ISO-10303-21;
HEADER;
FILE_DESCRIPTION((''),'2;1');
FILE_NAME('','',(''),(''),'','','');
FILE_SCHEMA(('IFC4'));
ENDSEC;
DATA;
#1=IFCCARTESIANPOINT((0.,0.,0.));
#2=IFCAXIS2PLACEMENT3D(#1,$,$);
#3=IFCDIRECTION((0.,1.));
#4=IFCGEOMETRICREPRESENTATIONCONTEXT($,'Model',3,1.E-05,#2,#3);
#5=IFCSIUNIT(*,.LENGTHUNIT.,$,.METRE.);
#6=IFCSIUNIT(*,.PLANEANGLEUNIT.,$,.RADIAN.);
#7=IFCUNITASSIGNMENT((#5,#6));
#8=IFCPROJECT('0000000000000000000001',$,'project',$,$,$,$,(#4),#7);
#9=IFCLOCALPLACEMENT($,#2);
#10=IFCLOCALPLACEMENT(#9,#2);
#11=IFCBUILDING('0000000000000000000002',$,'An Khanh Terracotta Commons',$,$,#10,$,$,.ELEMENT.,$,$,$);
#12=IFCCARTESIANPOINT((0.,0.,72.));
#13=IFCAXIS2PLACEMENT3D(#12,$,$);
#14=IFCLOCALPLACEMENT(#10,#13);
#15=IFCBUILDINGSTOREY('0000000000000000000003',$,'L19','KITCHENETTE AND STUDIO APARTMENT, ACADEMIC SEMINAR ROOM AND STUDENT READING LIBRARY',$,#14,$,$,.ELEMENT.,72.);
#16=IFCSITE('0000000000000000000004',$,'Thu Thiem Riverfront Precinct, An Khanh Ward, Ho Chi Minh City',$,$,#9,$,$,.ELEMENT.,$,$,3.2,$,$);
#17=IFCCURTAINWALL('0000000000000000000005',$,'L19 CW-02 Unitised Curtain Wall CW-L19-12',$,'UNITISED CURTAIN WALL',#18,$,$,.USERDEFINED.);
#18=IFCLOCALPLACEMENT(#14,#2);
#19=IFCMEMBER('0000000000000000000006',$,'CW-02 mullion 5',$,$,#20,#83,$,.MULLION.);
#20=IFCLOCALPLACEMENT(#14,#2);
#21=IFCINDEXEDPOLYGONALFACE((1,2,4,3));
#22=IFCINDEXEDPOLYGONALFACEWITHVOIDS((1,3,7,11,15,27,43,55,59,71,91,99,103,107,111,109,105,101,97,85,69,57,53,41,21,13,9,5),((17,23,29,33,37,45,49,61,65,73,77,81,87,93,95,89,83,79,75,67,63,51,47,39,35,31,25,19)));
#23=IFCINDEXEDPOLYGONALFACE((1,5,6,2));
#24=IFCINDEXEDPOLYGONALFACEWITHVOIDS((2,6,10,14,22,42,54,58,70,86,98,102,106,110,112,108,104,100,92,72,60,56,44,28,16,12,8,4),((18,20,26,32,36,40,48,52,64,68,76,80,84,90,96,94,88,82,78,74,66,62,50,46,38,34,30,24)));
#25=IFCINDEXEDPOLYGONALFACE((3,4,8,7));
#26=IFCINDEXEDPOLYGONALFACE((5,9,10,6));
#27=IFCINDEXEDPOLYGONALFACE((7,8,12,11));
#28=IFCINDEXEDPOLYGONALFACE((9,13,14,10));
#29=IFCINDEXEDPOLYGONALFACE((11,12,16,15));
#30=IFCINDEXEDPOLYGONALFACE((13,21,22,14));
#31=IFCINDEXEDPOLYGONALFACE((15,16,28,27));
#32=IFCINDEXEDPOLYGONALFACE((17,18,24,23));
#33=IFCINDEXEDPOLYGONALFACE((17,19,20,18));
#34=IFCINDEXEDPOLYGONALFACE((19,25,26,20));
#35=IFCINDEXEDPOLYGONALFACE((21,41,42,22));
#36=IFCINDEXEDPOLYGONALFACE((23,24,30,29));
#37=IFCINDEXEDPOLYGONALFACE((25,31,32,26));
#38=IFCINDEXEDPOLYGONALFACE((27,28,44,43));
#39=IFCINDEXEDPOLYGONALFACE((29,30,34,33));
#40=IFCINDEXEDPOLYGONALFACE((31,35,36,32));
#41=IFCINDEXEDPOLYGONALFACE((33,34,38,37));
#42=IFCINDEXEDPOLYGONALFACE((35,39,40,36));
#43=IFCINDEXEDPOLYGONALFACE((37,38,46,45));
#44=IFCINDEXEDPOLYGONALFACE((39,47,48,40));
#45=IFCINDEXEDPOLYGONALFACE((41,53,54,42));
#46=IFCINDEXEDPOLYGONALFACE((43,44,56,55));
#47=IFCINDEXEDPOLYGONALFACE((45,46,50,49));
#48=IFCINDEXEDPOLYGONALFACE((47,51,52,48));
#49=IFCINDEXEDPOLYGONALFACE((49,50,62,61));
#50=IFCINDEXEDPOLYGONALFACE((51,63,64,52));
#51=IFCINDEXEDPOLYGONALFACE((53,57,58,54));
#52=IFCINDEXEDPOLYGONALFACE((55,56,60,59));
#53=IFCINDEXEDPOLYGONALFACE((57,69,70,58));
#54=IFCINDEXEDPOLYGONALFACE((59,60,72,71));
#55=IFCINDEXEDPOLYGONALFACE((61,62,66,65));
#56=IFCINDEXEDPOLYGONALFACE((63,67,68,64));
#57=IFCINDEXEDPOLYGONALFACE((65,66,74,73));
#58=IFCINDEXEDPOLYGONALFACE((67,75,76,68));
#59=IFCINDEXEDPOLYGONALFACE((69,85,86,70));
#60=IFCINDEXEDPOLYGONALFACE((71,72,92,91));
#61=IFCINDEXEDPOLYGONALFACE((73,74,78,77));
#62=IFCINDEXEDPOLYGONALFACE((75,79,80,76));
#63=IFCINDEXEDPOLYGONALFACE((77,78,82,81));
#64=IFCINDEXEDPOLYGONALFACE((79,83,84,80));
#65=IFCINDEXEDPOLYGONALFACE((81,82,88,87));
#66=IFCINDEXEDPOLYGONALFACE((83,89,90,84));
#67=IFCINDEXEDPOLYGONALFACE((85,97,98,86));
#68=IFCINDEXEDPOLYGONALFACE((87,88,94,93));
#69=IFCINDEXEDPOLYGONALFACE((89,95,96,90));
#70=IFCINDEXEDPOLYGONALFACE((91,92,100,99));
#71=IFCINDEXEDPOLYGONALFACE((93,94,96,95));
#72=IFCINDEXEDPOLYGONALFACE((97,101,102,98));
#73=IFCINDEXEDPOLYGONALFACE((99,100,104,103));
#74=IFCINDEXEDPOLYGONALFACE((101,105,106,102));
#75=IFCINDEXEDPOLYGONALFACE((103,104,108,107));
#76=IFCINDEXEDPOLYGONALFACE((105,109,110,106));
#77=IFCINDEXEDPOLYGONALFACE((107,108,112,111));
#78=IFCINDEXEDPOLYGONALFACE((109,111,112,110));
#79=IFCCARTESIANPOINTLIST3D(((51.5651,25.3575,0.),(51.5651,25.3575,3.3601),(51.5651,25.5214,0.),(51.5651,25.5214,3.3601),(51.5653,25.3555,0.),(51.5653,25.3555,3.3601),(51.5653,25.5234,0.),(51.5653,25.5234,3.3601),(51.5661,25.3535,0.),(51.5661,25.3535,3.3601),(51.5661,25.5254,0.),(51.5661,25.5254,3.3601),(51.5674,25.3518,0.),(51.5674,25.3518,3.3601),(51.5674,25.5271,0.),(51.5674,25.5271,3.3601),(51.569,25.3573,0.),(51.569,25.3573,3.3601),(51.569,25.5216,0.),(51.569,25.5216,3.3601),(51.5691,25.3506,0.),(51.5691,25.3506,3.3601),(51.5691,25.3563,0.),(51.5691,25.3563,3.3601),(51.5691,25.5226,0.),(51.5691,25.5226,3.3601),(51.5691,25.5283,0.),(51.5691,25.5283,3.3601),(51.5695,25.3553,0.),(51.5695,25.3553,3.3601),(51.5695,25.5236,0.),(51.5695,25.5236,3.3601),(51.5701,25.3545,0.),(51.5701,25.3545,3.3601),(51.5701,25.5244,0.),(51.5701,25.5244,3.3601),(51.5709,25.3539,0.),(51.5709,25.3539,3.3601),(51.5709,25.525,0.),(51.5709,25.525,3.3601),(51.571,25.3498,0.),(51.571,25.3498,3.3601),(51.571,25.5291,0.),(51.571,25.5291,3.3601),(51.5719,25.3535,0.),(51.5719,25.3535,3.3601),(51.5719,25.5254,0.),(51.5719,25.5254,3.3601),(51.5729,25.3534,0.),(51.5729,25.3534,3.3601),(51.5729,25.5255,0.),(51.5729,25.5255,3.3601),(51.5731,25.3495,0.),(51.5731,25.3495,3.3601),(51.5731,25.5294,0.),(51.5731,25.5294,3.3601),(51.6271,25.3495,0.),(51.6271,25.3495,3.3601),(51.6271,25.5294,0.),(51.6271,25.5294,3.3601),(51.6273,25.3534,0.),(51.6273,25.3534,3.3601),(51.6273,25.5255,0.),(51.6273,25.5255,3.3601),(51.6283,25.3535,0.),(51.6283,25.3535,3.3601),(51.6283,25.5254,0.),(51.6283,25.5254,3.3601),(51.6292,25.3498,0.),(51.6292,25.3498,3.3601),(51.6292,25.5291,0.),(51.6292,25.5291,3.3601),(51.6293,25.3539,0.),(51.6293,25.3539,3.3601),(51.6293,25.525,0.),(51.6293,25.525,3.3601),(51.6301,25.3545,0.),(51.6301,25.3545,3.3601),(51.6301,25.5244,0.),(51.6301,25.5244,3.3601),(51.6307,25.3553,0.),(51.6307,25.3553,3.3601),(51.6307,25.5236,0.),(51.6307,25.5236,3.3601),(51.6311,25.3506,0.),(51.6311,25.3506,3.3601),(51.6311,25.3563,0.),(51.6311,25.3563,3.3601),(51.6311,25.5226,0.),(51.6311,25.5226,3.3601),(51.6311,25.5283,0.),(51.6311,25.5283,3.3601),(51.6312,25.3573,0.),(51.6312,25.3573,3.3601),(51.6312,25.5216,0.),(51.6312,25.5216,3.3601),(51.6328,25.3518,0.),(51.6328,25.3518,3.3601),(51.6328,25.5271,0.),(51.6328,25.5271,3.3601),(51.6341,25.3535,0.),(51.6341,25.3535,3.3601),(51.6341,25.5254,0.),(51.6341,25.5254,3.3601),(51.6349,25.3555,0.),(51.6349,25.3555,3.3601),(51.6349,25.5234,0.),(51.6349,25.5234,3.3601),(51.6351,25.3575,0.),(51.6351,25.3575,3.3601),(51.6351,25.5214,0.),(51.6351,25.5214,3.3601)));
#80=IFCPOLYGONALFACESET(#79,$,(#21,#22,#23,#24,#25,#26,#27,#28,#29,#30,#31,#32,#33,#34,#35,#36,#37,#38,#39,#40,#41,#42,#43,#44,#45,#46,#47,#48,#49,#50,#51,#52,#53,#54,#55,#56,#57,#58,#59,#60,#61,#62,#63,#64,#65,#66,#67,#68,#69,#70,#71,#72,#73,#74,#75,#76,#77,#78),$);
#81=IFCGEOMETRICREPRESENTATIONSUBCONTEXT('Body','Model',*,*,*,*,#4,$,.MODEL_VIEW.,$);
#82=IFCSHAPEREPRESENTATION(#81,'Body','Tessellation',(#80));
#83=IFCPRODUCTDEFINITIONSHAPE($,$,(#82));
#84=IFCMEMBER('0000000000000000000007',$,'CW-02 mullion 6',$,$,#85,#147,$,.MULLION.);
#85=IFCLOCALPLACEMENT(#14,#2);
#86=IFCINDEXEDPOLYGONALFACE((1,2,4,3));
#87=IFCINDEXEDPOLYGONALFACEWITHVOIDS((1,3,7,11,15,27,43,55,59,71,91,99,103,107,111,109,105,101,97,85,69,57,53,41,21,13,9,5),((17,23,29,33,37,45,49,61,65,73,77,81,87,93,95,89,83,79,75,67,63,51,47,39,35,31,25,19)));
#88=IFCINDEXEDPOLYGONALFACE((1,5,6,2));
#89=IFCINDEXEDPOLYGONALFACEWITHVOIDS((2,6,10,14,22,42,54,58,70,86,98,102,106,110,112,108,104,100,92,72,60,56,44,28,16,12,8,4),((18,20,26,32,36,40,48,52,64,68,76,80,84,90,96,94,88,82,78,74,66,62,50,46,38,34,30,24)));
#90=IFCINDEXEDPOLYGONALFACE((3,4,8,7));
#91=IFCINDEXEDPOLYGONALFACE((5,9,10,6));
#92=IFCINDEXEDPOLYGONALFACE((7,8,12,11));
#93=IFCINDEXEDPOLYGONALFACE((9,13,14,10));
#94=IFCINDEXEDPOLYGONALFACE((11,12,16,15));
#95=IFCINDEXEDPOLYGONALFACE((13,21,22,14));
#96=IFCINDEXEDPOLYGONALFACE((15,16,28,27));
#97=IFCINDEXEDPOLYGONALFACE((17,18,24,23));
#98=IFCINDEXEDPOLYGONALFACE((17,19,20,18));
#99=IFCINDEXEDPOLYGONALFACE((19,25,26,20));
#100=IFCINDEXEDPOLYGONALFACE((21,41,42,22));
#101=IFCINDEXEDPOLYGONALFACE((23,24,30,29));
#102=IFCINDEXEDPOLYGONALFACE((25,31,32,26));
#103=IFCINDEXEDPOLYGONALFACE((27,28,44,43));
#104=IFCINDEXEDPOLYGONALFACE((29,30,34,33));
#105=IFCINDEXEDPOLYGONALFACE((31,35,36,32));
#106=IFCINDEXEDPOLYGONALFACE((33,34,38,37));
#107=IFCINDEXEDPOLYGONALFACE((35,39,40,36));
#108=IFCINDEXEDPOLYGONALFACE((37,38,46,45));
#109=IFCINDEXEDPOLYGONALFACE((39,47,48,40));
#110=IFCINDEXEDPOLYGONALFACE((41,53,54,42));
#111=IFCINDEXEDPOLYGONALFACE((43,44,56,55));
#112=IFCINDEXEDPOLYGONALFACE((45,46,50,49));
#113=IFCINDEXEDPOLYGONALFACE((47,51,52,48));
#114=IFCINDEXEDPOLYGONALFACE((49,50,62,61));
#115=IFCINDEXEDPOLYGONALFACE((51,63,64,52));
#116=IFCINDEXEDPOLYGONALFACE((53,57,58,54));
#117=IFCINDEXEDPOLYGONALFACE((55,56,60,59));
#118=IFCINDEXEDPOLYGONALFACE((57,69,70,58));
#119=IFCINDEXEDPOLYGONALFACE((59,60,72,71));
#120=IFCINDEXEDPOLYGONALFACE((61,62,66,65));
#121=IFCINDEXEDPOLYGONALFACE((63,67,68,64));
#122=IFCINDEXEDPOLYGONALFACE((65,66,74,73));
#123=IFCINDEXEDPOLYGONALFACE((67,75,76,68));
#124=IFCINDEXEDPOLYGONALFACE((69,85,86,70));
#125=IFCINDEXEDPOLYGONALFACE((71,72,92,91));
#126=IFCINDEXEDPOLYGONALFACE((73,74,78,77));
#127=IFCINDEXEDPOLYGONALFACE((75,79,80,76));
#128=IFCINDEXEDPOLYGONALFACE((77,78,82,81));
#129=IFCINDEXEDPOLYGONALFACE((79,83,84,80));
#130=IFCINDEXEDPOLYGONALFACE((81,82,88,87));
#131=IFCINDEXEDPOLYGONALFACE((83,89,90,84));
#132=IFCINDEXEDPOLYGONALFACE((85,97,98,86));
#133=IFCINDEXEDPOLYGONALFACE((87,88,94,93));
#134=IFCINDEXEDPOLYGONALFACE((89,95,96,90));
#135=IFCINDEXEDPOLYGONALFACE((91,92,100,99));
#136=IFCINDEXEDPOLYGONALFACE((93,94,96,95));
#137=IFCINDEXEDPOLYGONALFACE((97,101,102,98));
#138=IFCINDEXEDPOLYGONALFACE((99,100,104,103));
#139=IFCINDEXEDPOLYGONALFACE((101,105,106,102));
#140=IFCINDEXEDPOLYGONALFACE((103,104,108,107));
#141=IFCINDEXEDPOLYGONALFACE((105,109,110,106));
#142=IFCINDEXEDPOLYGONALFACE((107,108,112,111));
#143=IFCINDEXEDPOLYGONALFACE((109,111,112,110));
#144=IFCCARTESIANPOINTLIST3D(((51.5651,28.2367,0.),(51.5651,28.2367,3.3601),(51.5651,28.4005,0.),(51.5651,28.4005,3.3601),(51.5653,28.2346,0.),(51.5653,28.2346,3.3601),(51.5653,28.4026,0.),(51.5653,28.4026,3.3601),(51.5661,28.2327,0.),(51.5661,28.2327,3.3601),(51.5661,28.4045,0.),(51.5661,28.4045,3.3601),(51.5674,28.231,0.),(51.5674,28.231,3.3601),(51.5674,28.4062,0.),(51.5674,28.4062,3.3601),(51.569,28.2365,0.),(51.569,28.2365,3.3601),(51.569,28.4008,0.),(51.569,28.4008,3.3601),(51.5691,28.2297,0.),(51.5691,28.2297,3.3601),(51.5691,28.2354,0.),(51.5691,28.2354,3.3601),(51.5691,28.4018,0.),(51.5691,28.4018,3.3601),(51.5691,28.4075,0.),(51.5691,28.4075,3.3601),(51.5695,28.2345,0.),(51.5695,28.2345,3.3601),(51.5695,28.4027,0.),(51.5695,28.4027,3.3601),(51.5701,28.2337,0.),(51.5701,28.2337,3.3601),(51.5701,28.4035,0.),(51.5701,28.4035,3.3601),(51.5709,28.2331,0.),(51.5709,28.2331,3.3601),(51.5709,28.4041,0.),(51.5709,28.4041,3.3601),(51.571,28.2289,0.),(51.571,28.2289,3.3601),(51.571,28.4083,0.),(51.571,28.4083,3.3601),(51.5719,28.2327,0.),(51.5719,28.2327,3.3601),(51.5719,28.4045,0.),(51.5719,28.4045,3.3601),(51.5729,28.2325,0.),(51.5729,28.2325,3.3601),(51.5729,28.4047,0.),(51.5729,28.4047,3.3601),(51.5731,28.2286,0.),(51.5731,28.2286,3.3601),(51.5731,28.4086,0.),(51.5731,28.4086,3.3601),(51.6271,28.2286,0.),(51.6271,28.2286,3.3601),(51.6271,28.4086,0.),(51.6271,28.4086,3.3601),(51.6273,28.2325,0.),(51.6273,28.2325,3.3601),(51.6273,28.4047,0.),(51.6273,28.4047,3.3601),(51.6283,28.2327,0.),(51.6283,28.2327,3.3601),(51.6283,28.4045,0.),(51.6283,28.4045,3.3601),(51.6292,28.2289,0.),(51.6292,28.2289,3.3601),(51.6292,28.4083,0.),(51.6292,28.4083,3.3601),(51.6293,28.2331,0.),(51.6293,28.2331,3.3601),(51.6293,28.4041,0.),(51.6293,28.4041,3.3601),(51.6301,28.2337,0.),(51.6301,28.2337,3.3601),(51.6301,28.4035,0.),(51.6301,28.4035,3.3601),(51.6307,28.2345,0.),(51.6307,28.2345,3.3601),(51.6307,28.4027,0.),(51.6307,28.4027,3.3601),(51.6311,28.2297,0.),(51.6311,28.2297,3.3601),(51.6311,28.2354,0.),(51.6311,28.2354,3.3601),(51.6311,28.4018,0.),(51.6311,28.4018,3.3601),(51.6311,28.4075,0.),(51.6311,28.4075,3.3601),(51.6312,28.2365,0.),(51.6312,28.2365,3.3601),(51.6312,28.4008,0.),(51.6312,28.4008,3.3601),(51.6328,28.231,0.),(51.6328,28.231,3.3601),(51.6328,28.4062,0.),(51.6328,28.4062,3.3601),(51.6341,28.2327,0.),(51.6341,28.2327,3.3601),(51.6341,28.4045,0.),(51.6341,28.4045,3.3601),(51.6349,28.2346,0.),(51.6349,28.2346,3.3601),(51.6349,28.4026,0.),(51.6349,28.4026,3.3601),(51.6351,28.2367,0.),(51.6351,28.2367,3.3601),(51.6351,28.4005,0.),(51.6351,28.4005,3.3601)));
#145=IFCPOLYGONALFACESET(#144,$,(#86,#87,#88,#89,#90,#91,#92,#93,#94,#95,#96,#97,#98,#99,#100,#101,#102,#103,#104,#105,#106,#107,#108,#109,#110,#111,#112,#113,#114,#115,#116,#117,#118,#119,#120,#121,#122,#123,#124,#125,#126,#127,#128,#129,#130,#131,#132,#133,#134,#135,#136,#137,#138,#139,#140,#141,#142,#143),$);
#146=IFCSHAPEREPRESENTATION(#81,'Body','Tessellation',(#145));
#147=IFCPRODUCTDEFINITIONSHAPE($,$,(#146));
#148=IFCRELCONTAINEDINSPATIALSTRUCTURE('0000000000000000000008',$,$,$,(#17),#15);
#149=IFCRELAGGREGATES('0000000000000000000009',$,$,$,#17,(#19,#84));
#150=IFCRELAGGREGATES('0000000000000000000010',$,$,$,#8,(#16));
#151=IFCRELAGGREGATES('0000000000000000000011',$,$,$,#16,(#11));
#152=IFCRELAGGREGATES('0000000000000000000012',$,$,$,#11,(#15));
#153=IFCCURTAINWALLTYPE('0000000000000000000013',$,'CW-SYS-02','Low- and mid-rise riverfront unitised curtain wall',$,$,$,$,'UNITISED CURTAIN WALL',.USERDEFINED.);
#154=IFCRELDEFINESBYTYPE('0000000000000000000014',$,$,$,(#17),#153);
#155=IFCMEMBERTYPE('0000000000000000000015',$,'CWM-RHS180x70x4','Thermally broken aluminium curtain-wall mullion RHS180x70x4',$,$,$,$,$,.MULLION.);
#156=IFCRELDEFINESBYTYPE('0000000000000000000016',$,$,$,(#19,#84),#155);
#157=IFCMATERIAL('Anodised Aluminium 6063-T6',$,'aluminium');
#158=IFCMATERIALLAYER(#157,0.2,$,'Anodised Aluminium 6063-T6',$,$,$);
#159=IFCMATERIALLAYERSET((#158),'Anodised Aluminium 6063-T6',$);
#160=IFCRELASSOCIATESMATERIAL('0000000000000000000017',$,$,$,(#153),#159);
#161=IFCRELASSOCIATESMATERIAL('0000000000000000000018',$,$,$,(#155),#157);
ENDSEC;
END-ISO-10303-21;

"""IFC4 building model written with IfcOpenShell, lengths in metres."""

from ifc_helpers import new_model, si_unit, direction, frame, origin, origin_2d, place, context, subcontext, project, spatial, hollow_rectangle, extrude, material, layer, layer_set, material_profile, profile_set, type_object, element, aggregate, save


model = new_model("IFC4")

# Units and contexts
model_context = context("Model", 3, precision=1e-05, world=origin(), true_north=direction((0.0, 1.0)))
body_context = subcontext(model_context, "Body", "Model", "MODEL_VIEW")
ifc_project = project(units=[si_unit("LENGTHUNIT", "METRE"), si_unit("PLANEANGLEUNIT", "RADIAN")], contexts=[model_context])

# Site, building, storey
site_placement = place(None, origin())
site = spatial("IfcSite", under=ifc_project, at=site_placement, Name="Thu Thiem Riverfront Precinct, An Khanh Ward, Ho Chi Minh City", CompositionType="ELEMENT", RefElevation=3.2)
building_placement = place(site_placement, origin())
building = spatial("IfcBuilding", under=site, at=building_placement, Name="An Khanh Terracotta Commons", CompositionType="ELEMENT")
storey_placement = place(building_placement, frame((0.0, 0.0, 72.0)))
storey = spatial("IfcBuildingStorey", under=building, at=storey_placement, Name="L19", Description="KITCHENETTE AND STUDIO APARTMENT, ACADEMIC SEMINAR ROOM AND STUDENT READING LIBRARY", CompositionType="ELEMENT", Elevation=72.0)

# Curtain wall, members
ifc_material_1 = material(Name="Anodised Aluminium 6063-T6", Category="aluminium")
ifc_layer_1 = layer(ifc_material_1, 0.2, Name="Anodised Aluminium 6063-T6")
ifc_layer_set_1 = layer_set([ifc_layer_1], Name="Anodised Aluminium 6063-T6")
curtain_wall_type = type_object("IfcCurtainWallType", Name="CW-SYS-02", Description="Low- and mid-rise riverfront unitised curtain wall", ElementType="UNITISED CURTAIN WALL", PredefinedType="USERDEFINED", material=ifc_layer_set_1)
curtain_wall_placement = place(storey_placement, origin())
curtain_wall = element("IfcCurtainWall", 1, at=curtain_wall_placement, inside=storey, type_object=curtain_wall_type, Name="L19 CW-02 Unitised Curtain Wall CW-L19-12", ObjectType="UNITISED CURTAIN WALL", PredefinedType="USERDEFINED")
ifc_material_profile_1 = material_profile(ifc_material_1, hollow_rectangle(XDim=0.0701, YDim=0.1799, WallThickness=0.0039, InnerFilletRadius=0.0039, OuterFilletRadius=0.0081, at=origin_2d()), Name="RHS180x70x4")
ifc_profile_set_1 = profile_set([ifc_material_profile_1], Name="Anodised Aluminium 6063-T6")
member_type_1 = type_object("IfcMemberType", Name="CWM-RHS180x70x4", Description="Thermally broken aluminium curtain-wall mullion RHS180x70x4", PredefinedType="MULLION", material=ifc_profile_set_1)
member_1_placement = place(storey_placement, frame((51.6001, 25.4395, 0.0), z_axis=(0.0, 0.0, 1.0), x_axis=(-1.0, 0.0, 0.0)))
member_1 = element("IfcMember", 2, at=member_1_placement, type_object=member_type_1, Name="CW-02 mullion 5", PredefinedType="MULLION", context=body_context, shape_type="SweptSolid", body=[
    extrude(hollow_rectangle(XDim=0.0701, YDim=0.1799, WallThickness=0.0039, InnerFilletRadius=0.0039, OuterFilletRadius=0.0081, at=origin_2d()), origin(), (0.0, 0.0, 1.0), 3.3601),
])
member_2_placement = place(storey_placement, frame((51.6001, 28.3186, 0.0), z_axis=(0.0, 0.0, 1.0), x_axis=(-1.0, 0.0, 0.0)))
member_2 = element("IfcMember", 3, at=member_2_placement, type_object=member_type_1, Name="CW-02 mullion 6", PredefinedType="MULLION", context=body_context, shape_type="SweptSolid", body=[
    extrude(hollow_rectangle(XDim=0.0701, YDim=0.1799, WallThickness=0.0039, InnerFilletRadius=0.0039, OuterFilletRadius=0.0081, at=origin_2d()), origin(), (0.0, 0.0, 1.0), 3.3601),
])
aggregate(curtain_wall, [member_1, member_2])

save(model, "model.ifc")
